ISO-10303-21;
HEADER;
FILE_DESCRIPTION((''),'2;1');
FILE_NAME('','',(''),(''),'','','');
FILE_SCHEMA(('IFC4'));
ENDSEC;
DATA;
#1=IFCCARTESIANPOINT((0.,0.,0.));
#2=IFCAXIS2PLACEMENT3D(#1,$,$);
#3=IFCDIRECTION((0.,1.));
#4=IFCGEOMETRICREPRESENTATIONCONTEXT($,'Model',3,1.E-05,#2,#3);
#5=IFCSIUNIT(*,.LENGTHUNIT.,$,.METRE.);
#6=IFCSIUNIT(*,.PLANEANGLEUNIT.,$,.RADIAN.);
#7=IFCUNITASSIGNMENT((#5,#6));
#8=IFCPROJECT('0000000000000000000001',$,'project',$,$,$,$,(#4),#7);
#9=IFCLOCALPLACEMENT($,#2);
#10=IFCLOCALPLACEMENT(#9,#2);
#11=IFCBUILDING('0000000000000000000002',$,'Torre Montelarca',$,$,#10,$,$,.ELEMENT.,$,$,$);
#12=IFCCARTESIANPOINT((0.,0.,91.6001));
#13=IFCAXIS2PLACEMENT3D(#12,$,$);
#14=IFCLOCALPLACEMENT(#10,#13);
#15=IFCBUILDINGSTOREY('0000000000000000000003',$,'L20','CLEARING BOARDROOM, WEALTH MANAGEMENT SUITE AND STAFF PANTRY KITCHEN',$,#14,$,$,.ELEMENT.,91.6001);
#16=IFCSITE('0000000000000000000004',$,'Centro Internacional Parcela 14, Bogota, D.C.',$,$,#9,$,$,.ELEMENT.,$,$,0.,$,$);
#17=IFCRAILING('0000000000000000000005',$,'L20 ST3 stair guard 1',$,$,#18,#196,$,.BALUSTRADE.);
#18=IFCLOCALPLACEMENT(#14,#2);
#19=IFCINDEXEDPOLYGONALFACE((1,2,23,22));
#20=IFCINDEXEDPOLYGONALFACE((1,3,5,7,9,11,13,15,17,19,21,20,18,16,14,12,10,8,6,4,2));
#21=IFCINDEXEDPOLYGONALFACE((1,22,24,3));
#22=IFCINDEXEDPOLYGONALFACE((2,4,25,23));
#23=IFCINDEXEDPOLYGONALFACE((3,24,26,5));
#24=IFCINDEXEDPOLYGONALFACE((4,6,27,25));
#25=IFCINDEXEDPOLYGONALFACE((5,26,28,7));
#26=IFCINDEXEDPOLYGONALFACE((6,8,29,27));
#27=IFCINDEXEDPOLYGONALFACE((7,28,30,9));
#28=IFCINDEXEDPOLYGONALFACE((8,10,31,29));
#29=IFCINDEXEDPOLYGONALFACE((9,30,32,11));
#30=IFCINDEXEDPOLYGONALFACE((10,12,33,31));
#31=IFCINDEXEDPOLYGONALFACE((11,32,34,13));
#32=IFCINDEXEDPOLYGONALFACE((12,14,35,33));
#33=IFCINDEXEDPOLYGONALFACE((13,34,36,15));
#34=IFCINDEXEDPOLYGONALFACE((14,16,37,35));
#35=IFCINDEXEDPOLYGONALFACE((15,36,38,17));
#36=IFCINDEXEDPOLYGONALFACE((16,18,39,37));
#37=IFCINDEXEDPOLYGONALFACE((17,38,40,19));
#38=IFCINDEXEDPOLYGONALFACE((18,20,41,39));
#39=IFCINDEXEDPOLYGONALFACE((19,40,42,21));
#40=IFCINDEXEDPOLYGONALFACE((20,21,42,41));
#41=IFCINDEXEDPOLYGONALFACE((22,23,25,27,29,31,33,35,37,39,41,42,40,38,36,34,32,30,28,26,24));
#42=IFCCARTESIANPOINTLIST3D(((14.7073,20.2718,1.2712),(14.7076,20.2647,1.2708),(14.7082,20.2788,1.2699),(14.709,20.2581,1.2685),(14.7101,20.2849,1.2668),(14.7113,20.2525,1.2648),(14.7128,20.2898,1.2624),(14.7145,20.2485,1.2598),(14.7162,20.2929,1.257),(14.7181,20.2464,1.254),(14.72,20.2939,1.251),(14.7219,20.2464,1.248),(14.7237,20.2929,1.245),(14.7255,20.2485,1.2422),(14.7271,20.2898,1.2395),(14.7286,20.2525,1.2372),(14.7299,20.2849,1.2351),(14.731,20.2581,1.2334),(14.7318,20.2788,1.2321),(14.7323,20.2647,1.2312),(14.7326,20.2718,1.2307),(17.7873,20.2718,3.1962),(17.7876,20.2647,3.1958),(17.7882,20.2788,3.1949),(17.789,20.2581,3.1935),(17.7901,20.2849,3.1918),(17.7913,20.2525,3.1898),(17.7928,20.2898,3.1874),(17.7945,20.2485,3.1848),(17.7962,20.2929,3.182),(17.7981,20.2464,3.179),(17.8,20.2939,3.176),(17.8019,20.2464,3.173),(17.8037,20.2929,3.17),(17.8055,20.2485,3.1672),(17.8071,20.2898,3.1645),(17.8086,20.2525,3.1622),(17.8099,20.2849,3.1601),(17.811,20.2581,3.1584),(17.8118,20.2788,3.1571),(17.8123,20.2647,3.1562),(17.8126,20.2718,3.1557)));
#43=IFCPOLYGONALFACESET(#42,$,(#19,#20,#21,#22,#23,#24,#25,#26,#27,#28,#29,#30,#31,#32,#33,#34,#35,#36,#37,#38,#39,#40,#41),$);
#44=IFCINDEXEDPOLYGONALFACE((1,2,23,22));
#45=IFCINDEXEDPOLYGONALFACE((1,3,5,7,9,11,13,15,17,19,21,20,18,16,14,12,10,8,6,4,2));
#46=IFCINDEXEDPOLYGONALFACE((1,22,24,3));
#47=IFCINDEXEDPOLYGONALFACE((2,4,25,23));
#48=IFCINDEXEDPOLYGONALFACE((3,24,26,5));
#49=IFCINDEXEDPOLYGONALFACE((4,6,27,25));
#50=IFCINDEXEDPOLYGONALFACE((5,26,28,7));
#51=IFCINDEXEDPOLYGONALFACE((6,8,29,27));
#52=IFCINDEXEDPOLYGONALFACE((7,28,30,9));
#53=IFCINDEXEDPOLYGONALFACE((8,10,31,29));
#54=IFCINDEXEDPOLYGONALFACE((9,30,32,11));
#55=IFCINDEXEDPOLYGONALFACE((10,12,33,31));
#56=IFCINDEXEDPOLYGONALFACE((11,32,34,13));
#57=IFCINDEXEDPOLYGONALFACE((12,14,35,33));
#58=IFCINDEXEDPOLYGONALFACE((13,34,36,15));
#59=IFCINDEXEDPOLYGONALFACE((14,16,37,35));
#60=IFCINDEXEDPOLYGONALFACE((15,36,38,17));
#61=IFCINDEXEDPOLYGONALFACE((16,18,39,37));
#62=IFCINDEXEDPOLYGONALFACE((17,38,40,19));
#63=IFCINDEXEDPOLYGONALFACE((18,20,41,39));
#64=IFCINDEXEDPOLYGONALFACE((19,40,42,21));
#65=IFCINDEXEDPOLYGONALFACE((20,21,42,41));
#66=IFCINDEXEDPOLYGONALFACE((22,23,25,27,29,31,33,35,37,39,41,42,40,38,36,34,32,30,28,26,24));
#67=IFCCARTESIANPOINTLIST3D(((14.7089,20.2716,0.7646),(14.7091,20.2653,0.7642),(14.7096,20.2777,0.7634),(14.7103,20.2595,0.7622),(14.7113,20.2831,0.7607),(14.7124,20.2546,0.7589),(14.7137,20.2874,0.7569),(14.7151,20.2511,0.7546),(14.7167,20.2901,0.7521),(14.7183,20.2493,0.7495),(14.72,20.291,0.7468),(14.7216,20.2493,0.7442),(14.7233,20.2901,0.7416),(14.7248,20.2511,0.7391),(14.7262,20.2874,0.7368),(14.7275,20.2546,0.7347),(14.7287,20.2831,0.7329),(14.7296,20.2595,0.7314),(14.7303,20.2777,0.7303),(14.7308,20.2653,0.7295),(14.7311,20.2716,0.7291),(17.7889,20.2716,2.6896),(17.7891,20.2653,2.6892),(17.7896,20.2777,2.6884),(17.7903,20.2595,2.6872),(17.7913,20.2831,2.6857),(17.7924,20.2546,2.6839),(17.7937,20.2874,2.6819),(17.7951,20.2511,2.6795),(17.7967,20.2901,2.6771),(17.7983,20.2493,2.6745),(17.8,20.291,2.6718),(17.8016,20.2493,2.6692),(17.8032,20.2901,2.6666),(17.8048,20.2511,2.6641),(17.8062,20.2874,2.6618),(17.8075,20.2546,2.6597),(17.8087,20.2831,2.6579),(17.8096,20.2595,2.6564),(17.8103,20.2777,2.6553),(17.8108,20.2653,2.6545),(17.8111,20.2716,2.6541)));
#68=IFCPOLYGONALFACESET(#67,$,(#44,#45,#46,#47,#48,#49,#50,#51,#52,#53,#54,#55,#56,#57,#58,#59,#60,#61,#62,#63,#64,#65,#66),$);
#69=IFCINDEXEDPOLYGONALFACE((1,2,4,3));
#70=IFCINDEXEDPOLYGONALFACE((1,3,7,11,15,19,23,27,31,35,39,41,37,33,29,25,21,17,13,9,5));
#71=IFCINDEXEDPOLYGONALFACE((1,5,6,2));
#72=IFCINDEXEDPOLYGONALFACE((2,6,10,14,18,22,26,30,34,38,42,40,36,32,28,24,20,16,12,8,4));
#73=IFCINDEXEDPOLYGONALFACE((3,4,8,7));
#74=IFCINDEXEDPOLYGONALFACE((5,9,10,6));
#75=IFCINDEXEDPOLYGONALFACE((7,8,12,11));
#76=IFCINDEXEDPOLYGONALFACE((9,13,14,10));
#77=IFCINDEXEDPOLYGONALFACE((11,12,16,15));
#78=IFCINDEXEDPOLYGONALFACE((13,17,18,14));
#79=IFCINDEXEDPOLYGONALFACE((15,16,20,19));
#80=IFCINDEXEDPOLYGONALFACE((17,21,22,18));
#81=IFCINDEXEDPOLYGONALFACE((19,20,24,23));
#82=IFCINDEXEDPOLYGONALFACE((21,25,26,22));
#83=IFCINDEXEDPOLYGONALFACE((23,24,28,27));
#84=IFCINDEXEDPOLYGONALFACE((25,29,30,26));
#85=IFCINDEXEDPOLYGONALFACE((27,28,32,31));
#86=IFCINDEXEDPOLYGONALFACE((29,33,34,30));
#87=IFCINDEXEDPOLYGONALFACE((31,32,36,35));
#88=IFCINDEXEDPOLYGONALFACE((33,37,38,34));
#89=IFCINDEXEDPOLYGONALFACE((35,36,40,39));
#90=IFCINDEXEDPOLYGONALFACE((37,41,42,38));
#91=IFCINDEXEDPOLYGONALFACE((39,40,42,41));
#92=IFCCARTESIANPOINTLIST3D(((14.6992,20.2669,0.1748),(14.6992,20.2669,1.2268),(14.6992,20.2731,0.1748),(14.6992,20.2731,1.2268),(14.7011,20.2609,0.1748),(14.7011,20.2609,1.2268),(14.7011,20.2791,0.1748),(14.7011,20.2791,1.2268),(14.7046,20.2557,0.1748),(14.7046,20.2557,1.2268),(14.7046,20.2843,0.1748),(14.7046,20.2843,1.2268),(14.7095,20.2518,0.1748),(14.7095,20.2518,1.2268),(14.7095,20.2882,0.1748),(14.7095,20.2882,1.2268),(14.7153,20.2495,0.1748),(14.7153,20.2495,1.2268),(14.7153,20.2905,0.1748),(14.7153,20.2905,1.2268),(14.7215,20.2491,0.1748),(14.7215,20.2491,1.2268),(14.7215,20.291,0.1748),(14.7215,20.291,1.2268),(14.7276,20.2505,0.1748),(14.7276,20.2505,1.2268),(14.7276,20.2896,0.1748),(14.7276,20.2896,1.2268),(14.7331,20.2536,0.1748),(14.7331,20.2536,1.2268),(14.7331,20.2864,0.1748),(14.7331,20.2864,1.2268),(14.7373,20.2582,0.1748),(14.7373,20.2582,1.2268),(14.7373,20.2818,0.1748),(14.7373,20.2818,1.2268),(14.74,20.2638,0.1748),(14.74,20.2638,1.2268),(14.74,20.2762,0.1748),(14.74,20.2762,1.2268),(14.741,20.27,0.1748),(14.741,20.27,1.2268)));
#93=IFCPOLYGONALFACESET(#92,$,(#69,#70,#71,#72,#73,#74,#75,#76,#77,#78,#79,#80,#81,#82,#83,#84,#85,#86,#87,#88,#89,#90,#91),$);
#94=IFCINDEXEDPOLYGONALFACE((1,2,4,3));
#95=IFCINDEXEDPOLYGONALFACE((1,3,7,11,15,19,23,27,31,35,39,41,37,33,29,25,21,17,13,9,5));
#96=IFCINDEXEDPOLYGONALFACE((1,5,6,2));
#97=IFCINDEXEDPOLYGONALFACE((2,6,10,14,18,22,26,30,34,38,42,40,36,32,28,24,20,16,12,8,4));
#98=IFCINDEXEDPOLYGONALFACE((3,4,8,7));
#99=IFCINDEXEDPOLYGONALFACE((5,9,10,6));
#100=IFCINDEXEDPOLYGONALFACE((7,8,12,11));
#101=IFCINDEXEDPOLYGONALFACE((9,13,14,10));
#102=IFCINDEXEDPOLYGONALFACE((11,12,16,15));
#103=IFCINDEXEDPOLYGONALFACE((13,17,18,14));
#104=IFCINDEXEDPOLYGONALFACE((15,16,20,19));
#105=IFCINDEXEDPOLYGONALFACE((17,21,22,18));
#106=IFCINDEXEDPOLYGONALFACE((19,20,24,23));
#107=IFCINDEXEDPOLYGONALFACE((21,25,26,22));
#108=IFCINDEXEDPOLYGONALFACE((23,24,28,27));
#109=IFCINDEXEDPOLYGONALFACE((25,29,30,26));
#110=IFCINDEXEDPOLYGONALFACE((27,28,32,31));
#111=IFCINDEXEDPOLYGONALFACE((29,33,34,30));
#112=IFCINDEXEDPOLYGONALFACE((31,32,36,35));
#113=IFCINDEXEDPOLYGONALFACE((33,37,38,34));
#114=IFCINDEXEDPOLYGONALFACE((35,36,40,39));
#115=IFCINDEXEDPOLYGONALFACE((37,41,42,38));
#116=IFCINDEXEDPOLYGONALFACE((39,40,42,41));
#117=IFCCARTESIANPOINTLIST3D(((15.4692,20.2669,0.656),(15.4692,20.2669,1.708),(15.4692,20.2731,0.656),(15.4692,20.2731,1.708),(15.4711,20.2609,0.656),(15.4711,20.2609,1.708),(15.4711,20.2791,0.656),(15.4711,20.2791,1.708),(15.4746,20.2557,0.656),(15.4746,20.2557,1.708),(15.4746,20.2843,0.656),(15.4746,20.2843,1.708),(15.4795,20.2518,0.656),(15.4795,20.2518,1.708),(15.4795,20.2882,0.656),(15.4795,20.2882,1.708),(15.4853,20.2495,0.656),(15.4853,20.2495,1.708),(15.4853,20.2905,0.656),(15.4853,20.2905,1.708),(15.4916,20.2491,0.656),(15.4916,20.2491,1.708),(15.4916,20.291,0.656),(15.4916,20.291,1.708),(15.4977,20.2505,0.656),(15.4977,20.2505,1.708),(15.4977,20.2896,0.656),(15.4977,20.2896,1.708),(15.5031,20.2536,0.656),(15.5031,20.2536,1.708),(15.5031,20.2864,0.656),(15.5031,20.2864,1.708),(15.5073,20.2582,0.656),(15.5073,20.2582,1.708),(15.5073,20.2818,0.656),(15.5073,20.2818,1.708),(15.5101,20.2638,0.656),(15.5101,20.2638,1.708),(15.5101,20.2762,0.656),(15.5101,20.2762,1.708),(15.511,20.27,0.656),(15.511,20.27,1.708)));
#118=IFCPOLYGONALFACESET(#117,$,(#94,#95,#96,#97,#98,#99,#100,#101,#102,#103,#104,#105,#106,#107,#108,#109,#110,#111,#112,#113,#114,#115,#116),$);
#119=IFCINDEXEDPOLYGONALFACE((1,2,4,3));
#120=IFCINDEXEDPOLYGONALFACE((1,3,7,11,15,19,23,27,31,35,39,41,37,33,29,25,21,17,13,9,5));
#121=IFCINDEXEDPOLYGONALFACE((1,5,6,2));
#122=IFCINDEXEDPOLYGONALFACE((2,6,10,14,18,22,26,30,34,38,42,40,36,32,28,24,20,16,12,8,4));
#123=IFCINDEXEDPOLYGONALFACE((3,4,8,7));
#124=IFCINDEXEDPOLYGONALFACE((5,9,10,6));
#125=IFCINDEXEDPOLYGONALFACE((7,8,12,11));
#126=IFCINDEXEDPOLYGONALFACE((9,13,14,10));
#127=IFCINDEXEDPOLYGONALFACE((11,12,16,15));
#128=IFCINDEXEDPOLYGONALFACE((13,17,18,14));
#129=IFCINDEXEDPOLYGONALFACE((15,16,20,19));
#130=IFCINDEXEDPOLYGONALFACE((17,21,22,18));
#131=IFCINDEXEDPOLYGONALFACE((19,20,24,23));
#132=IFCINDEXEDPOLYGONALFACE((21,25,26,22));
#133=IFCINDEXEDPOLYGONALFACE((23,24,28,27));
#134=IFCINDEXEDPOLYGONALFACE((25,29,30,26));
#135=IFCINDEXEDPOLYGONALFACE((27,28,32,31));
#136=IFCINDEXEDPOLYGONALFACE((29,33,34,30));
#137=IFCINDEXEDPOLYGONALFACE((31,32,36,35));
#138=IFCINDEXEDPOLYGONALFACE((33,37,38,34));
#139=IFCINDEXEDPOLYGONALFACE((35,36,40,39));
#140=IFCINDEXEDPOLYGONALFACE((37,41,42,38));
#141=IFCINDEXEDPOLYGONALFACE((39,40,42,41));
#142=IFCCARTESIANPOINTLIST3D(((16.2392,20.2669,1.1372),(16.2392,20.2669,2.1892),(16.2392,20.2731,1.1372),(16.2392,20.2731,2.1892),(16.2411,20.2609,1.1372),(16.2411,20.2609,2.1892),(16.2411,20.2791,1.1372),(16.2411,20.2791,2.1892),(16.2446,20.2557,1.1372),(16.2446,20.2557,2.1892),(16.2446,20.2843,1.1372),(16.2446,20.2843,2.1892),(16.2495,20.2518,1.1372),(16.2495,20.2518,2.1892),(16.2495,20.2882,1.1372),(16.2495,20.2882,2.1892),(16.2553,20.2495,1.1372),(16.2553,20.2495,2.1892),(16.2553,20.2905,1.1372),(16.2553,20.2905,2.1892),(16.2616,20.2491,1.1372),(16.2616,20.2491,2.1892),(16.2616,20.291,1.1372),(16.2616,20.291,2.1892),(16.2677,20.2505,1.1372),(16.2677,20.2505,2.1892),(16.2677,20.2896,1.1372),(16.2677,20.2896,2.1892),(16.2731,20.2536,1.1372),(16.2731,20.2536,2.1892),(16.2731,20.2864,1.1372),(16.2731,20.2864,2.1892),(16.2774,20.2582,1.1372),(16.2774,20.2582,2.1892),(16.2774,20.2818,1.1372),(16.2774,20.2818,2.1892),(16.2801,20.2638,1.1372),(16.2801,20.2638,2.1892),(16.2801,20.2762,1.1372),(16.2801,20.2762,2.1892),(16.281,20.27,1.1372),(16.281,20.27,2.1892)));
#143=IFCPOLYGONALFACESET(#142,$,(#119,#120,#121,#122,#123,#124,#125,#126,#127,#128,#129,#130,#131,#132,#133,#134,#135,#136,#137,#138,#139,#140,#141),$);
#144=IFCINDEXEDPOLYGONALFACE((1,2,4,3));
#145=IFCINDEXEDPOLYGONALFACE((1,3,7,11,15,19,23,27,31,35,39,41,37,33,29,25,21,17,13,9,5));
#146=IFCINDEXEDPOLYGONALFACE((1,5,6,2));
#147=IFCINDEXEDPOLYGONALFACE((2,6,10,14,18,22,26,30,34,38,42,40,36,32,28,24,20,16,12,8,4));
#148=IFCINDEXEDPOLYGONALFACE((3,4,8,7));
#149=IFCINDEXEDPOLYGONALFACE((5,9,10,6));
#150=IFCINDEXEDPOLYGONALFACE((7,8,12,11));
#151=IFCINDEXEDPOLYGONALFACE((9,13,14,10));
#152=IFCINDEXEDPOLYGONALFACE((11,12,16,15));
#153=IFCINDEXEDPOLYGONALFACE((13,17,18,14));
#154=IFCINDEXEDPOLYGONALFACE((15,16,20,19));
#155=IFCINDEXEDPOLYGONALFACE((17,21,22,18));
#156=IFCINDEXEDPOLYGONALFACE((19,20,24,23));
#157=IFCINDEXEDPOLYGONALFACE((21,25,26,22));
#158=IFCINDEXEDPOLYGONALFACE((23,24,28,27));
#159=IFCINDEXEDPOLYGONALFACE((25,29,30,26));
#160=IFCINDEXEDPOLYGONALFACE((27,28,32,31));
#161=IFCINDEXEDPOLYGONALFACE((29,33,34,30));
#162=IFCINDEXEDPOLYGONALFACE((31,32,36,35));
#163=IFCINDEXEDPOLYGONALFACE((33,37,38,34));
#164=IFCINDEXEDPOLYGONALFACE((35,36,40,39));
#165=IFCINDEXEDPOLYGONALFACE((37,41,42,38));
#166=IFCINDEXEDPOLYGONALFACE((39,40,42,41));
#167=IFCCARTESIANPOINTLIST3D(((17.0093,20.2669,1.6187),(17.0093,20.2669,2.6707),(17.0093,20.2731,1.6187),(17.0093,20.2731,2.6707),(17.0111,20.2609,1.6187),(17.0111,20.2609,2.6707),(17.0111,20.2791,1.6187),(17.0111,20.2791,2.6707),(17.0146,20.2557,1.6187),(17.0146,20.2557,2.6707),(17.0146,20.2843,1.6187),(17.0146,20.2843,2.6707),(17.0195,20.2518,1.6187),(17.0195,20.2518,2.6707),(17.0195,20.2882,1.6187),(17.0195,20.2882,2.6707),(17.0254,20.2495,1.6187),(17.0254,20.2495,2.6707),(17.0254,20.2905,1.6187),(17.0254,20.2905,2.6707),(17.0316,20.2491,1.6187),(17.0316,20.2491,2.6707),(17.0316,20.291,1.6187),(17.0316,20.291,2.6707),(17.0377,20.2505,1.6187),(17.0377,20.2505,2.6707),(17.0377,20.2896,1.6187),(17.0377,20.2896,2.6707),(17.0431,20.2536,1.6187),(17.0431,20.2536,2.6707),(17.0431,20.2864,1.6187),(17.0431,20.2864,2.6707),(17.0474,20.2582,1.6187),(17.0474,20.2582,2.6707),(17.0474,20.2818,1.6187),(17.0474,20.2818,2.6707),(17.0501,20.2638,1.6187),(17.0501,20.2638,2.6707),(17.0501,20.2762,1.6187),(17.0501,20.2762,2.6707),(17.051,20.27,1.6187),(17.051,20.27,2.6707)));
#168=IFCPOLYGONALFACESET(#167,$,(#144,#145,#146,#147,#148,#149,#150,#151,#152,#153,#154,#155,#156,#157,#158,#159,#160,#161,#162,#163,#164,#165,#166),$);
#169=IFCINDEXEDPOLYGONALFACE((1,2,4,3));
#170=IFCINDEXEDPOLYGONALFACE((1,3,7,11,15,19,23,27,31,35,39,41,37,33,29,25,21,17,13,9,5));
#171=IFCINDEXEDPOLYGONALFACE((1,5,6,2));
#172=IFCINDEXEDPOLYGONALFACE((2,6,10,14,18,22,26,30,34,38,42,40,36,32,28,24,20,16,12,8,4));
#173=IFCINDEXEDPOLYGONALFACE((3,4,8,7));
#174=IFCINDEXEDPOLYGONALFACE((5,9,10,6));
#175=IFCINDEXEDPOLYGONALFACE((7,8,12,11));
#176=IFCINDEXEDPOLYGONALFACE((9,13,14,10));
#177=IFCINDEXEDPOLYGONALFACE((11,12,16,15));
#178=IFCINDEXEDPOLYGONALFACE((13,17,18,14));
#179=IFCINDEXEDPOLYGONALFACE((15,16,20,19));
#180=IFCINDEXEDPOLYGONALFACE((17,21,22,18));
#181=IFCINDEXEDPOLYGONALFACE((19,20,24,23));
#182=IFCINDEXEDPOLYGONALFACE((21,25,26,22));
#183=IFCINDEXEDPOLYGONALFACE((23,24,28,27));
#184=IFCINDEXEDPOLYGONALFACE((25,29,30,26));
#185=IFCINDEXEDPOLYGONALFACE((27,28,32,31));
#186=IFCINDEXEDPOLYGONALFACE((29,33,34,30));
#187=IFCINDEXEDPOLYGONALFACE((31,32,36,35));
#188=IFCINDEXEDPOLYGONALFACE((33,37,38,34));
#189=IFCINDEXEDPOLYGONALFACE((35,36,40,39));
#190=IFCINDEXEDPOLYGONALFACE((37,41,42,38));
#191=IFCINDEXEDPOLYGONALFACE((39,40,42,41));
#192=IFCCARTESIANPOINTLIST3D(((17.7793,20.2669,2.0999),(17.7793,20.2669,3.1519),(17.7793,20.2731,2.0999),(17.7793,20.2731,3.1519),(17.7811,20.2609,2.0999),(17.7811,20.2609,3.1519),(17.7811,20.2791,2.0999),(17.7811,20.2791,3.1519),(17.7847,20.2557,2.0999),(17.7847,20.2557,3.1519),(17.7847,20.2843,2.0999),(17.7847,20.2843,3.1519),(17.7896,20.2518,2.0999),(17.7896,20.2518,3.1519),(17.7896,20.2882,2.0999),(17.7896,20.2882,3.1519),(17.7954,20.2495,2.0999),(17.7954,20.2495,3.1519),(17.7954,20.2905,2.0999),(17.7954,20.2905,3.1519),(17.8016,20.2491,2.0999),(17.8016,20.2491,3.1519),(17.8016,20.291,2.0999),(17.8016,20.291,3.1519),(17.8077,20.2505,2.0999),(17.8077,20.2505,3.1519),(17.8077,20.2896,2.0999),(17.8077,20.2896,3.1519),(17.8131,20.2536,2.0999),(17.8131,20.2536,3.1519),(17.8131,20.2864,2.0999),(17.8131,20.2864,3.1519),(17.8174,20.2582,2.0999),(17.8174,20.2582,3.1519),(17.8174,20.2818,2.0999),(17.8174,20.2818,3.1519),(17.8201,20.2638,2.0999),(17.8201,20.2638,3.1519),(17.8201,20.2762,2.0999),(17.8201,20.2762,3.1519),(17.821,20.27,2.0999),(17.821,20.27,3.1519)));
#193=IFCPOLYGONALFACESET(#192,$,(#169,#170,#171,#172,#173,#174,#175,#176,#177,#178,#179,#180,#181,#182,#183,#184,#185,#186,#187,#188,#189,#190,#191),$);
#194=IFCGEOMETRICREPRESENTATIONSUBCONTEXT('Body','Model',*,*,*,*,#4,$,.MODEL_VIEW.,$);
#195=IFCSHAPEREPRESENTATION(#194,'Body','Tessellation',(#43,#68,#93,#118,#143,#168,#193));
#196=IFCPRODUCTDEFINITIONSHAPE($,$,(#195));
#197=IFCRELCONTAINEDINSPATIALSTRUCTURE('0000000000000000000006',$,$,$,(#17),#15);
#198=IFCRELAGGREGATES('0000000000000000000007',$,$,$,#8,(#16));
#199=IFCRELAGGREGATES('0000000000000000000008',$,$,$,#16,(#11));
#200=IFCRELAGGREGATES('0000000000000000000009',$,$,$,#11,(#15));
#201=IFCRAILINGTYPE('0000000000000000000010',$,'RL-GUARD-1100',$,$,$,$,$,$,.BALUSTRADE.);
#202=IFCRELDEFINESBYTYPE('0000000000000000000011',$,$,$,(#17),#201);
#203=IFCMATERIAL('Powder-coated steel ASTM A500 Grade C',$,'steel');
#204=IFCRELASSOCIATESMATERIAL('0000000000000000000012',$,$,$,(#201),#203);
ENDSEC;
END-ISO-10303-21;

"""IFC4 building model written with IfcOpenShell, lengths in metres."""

from ifc_helpers import new_model, si_unit, direction, frame, origin, origin_2d, place, context, subcontext, project, spatial, circle, extrude, material, type_object, element, save


model = new_model("IFC4")

# Units and contexts
model_context = context("Model", 3, precision=1e-05, world=origin(), true_north=direction((0.0, 1.0)))
body_context = subcontext(model_context, "Body", "Model", "MODEL_VIEW")
ifc_project = project(units=[si_unit("LENGTHUNIT", "METRE"), si_unit("PLANEANGLEUNIT", "RADIAN")], contexts=[model_context])

# Site, building, storey
site_placement = place(None, origin())
site = spatial("IfcSite", under=ifc_project, at=site_placement, Name="Centro Internacional Parcela 14, Bogota, D.C.", CompositionType="ELEMENT", RefElevation=0.0)
building_placement = place(site_placement, origin())
building = spatial("IfcBuilding", under=site, at=building_placement, Name="Torre Montelarca", CompositionType="ELEMENT")
storey_placement = place(building_placement, frame((0.0, 0.0, 91.6001)))
storey = spatial("IfcBuildingStorey", under=building, at=storey_placement, Name="L20", Description="CLEARING BOARDROOM, WEALTH MANAGEMENT SUITE AND STAFF PANTRY KITCHEN", CompositionType="ELEMENT", Elevation=91.6001)

# Railing
ifc_material_1 = material(Name="Powder-coated steel ASTM A500 Grade C", Category="steel")
railing_type_1 = type_object("IfcRailingType", Name="RL-GUARD-1100", PredefinedType="BALUSTRADE", material=ifc_material_1)
railing_1_placement = place(storey_placement, frame((14.72, 20.27, 0.1748)))
element("IfcRailing", 1, at=railing_1_placement, inside=storey, type_object=railing_type_1, Name="L20 ST3 stair guard 1", PredefinedType="BALUSTRADE", context=body_context, shape_type="SweptSolid", body=[
    extrude(circle(Radius=0.0239, at=origin_2d()), frame((0.0, 0.0, 1.0762), z_axis=(0.847998, 0.0, 0.529999), x_axis=(0.0, 1.0, 0.0)), (0.0, 0.0, 1.0), 3.6321),
    extrude(circle(Radius=0.021, at=origin_2d()), frame((0.0, 0.0, 0.572), z_axis=(0.847998, 0.0, 0.529999), x_axis=(0.0, 1.0, 0.0)), (0.0, 0.0, 1.0), 3.6321),
    extrude(circle(Radius=0.021, at=origin_2d()), origin(), (0.0, 0.0, 1.0), 1.052),
    extrude(circle(Radius=0.021, at=origin_2d()), frame((0.77, 0.0, 0.4812)), (0.0, 0.0, 1.0), 1.052),
    extrude(circle(Radius=0.021, at=origin_2d()), frame((1.54, 0.0, 0.9624)), (0.0, 0.0, 1.0), 1.052),
    extrude(circle(Radius=0.021, at=origin_2d()), frame((2.3101, 0.0, 1.4438)), (0.0, 0.0, 1.0), 1.052),
    extrude(circle(Radius=0.021, at=origin_2d()), frame((3.0801, 0.0, 1.925)), (0.0, 0.0, 1.0), 1.052),
])

save(model, "model.ifc")
